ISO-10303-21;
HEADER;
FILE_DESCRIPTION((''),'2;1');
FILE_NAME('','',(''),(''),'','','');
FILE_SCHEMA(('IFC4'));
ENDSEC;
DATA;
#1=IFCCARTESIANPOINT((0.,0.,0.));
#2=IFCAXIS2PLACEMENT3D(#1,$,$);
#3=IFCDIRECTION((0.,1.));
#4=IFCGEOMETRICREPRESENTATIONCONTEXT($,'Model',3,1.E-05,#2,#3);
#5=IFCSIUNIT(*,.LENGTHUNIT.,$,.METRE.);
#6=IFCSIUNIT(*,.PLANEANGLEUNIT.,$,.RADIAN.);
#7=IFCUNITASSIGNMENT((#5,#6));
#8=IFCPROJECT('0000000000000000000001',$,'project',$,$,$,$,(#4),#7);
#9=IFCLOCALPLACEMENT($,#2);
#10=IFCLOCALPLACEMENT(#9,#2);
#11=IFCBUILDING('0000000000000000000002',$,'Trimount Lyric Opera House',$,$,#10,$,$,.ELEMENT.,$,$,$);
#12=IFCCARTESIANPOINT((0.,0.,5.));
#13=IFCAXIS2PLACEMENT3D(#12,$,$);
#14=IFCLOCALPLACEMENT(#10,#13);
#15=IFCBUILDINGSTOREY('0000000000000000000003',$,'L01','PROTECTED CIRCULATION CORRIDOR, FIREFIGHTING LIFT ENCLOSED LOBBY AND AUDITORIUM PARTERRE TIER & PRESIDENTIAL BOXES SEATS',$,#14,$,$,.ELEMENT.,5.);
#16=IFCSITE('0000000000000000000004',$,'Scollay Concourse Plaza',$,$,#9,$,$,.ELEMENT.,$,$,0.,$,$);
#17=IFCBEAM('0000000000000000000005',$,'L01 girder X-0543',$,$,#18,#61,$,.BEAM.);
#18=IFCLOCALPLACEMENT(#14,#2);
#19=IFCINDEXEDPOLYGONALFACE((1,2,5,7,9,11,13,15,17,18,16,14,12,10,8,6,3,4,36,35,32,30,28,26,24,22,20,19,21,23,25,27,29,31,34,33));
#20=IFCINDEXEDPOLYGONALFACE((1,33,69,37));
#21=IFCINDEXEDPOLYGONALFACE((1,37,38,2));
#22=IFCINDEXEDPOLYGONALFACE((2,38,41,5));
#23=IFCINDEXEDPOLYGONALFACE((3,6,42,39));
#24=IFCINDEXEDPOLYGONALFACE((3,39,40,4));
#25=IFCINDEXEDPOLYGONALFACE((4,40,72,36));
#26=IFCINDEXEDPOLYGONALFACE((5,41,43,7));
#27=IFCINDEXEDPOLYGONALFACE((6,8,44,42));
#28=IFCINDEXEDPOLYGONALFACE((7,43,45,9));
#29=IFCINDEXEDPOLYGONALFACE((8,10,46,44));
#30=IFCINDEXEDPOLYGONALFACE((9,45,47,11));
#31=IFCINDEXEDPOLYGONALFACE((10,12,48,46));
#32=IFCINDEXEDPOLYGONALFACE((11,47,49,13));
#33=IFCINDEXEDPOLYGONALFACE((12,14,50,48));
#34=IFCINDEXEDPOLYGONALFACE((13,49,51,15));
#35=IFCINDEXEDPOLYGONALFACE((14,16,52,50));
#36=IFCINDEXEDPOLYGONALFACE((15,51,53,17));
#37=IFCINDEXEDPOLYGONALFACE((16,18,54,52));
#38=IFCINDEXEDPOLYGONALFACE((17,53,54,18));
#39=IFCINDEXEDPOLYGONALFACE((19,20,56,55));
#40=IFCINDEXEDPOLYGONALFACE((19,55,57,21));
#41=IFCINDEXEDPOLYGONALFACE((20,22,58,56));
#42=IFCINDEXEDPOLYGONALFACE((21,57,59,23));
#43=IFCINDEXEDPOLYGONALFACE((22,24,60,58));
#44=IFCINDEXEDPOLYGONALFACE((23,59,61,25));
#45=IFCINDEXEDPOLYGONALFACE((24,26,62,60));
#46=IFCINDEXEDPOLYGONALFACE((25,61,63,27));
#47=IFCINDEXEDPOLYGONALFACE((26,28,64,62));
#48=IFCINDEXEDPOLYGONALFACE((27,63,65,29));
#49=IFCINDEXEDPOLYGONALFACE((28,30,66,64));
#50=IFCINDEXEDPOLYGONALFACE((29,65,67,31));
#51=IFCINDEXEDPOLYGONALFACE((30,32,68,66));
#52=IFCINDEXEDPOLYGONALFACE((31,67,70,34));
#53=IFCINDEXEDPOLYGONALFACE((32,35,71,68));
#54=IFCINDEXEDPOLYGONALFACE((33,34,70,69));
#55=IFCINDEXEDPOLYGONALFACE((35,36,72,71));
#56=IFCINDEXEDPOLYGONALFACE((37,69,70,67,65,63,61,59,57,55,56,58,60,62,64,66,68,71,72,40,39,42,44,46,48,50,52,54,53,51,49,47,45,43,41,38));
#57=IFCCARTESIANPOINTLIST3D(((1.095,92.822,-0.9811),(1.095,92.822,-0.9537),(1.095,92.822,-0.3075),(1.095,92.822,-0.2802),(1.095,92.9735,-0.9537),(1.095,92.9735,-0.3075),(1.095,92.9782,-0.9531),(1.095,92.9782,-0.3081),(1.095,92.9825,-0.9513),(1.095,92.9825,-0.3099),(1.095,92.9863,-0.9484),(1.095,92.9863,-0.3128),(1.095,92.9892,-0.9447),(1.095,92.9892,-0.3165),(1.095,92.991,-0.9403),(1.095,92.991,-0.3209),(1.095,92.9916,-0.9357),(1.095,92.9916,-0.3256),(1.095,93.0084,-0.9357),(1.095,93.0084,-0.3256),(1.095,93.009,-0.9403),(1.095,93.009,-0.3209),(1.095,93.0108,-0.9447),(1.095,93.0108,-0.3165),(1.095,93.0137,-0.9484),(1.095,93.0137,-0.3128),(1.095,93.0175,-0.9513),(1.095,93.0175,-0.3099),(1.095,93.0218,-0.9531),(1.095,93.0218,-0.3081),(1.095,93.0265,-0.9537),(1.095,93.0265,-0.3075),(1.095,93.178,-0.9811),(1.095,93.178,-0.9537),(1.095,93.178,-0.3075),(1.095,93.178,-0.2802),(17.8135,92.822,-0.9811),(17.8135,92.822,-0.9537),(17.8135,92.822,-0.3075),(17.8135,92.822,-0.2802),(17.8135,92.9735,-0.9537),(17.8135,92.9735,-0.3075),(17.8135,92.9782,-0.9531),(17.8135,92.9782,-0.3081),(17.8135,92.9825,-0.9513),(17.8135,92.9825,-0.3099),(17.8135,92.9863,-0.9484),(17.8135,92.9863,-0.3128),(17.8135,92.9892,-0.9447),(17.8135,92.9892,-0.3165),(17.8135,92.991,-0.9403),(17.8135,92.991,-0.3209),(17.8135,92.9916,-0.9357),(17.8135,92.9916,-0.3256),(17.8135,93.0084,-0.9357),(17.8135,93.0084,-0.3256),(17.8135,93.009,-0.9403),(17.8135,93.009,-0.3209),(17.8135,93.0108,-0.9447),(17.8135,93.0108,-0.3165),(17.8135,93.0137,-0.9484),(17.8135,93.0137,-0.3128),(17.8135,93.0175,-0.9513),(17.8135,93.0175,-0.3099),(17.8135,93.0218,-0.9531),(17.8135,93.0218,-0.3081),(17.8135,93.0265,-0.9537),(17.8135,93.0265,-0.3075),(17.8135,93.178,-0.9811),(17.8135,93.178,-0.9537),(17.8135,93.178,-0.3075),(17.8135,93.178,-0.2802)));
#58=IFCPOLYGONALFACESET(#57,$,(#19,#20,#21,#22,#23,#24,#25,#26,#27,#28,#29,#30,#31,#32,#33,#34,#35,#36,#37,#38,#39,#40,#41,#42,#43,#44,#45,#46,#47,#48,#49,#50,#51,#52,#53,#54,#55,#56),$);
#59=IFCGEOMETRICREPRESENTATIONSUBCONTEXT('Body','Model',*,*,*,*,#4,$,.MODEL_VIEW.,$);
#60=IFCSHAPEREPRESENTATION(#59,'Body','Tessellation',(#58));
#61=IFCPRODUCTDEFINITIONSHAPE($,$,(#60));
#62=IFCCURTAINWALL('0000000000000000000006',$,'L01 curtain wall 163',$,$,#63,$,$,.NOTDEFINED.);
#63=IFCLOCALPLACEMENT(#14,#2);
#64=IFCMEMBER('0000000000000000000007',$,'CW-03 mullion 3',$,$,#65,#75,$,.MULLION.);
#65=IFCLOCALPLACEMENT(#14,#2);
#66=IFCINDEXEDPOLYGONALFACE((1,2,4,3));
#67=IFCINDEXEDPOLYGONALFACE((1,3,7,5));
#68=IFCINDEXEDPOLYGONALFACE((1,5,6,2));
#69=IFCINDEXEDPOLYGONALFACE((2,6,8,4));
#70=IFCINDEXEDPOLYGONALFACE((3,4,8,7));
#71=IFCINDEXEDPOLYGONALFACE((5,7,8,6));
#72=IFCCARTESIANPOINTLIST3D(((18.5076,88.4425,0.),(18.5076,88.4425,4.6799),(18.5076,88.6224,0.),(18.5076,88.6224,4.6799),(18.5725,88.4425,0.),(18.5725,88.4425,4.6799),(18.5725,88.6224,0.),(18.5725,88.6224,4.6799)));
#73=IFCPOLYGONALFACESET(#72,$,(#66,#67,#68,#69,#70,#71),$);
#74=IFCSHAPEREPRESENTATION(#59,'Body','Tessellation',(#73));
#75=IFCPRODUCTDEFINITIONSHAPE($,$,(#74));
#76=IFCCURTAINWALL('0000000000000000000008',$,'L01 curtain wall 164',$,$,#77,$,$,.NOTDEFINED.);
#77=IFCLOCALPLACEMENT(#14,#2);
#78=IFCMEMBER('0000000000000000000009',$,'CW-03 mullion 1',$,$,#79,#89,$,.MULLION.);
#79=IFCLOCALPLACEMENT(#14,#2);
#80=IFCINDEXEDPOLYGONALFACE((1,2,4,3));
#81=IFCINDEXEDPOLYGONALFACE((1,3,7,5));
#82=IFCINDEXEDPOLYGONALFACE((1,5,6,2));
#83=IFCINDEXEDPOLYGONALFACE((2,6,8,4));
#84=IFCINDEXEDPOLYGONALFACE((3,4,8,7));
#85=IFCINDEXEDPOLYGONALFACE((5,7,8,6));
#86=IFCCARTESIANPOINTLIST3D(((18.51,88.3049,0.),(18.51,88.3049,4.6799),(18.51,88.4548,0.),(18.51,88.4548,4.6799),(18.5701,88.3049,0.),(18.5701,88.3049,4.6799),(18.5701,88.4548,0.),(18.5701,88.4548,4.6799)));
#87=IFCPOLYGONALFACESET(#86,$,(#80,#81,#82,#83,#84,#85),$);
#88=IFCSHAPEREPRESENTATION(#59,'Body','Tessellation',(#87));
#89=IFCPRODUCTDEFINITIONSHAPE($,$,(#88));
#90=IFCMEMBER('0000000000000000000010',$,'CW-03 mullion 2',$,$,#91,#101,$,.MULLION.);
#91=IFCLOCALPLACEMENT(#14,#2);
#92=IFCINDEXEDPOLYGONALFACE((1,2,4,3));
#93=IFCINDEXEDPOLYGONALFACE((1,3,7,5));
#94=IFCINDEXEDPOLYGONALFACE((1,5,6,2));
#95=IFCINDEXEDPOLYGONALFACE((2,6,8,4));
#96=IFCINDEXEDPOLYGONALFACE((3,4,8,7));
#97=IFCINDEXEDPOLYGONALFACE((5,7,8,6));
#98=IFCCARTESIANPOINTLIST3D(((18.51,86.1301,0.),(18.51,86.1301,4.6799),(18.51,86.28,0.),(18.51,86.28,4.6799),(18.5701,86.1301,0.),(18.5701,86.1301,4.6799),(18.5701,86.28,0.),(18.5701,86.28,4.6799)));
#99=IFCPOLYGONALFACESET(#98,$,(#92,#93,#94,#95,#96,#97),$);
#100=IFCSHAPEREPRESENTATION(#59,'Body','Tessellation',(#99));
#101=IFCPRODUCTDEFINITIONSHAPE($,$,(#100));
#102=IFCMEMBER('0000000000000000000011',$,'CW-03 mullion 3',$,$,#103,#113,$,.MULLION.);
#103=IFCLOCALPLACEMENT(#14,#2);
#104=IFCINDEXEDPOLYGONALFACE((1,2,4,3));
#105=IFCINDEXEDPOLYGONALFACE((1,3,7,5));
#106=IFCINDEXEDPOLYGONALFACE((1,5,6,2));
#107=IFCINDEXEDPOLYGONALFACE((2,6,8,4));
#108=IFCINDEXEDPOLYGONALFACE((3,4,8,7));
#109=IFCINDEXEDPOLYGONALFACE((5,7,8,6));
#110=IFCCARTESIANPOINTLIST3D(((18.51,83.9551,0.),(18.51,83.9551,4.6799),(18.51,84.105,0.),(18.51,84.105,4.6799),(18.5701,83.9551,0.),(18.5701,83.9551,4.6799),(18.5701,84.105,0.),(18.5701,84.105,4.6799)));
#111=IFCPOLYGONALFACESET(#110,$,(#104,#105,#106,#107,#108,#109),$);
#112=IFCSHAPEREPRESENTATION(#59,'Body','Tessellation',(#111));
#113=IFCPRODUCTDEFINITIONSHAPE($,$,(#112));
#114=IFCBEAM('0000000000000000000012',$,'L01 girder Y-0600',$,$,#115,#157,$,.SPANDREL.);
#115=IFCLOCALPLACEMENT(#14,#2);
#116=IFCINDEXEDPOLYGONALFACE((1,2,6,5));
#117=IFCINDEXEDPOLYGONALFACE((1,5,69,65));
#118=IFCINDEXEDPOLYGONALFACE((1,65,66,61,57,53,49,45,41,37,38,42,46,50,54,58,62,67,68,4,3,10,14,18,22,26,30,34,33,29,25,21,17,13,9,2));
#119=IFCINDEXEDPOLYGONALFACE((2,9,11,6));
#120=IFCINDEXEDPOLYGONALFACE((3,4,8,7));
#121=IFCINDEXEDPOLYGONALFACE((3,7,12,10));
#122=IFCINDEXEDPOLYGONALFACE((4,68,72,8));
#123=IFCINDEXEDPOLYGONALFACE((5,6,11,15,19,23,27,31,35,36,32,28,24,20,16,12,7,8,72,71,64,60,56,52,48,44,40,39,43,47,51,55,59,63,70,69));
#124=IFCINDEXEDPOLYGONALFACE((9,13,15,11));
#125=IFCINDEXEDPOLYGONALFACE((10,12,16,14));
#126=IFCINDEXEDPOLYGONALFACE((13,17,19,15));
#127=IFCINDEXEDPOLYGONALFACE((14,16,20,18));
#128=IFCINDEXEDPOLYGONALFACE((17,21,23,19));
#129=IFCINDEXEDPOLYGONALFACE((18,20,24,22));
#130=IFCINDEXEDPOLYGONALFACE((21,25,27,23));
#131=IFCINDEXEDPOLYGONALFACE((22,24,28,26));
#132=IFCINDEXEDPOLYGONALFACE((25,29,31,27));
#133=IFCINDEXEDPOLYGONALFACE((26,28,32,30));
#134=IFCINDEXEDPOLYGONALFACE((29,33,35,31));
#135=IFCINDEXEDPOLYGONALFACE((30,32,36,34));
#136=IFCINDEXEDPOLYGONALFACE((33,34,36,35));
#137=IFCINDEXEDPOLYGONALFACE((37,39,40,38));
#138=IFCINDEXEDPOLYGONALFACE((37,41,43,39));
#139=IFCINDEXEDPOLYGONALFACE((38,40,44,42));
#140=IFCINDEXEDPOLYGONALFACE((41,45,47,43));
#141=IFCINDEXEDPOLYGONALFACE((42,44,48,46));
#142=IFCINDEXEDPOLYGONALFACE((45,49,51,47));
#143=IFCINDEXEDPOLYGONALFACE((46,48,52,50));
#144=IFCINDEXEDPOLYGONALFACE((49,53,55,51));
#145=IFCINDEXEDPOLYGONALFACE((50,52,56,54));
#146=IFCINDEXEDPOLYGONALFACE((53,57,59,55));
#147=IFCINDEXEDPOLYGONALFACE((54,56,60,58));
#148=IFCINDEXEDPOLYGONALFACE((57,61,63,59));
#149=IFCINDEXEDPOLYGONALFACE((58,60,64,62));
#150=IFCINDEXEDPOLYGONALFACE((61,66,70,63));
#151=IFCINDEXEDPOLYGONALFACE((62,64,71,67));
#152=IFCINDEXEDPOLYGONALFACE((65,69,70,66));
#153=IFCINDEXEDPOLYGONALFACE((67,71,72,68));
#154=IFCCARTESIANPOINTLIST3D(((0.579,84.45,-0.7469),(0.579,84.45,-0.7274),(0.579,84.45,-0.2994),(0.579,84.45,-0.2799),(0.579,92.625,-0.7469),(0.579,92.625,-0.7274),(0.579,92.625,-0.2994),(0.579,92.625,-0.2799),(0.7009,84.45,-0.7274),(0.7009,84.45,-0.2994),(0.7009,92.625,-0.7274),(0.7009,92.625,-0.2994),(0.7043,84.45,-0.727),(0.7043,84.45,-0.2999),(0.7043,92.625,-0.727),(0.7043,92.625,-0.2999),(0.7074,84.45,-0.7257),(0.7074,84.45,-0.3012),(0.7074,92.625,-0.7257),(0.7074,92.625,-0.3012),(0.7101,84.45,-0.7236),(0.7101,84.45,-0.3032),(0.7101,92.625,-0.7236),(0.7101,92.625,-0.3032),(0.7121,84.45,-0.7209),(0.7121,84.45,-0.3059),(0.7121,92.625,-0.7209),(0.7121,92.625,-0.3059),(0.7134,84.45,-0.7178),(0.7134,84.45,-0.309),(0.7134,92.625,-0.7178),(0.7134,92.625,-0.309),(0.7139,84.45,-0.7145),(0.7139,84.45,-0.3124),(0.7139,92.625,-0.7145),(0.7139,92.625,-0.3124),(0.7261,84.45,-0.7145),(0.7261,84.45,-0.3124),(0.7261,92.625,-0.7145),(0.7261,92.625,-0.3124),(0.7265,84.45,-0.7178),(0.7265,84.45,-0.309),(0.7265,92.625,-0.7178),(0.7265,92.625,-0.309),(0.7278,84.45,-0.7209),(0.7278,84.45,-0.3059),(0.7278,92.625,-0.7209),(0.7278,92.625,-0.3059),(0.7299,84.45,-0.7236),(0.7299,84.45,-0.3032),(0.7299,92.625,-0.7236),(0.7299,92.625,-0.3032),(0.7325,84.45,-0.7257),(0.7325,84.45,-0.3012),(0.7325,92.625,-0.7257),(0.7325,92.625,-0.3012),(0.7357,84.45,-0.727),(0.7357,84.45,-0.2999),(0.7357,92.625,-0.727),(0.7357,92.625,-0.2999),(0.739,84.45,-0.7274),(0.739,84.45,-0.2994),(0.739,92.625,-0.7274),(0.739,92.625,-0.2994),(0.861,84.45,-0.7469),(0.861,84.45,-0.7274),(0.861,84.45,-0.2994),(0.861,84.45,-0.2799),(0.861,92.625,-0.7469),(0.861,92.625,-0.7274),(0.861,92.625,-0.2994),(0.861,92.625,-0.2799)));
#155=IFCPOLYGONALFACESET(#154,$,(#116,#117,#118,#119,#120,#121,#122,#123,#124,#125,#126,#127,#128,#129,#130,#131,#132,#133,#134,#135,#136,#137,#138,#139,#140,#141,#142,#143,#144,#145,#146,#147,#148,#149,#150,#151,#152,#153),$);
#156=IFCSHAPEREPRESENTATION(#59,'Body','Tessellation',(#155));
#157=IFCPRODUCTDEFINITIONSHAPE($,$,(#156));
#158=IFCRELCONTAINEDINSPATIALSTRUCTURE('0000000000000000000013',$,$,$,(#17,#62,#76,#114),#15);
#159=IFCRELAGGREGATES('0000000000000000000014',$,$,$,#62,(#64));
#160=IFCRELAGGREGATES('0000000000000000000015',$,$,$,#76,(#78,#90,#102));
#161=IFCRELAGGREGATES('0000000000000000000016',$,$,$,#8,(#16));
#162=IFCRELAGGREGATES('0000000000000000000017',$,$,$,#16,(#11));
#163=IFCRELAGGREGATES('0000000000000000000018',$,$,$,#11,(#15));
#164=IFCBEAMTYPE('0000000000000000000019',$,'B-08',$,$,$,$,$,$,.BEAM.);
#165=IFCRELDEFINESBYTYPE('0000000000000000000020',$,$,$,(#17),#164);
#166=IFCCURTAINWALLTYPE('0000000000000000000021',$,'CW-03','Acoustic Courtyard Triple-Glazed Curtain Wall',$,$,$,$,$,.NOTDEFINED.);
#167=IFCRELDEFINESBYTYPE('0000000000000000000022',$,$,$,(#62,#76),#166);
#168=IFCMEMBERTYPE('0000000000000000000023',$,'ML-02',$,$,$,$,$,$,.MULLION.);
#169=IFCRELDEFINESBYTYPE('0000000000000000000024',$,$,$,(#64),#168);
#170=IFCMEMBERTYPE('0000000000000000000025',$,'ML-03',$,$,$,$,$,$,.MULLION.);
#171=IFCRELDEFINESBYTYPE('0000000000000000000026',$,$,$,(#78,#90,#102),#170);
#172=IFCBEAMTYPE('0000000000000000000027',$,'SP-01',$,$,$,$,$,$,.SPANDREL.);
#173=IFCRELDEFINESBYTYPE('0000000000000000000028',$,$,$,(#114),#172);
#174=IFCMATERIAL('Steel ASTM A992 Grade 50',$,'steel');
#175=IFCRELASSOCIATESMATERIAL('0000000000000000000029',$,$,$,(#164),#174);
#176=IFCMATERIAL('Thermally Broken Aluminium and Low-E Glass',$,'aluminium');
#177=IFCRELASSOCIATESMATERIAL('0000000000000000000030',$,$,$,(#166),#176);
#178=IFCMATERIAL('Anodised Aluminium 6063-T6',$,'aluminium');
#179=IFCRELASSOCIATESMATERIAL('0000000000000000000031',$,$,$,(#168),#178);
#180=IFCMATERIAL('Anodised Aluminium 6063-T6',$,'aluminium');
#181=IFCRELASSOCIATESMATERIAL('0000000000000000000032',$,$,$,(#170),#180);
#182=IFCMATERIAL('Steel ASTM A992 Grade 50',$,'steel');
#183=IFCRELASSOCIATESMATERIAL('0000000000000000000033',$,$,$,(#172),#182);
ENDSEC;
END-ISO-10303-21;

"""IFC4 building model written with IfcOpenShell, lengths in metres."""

from ifc_helpers import new_model, si_unit, direction, frame, origin, origin_2d, place, context, subcontext, project, spatial, rectangle, i_section, extrude, material, material_profile, profile_set, type_object, element, aggregate, save


model = new_model("IFC4")

# Units and contexts
model_context = context("Model", 3, precision=1e-05, world=origin(), true_north=direction((0.0, 1.0)))
body_context = subcontext(model_context, "Body", "Model", "MODEL_VIEW")
ifc_project = project(units=[si_unit("LENGTHUNIT", "METRE"), si_unit("PLANEANGLEUNIT", "RADIAN")], contexts=[model_context])

# Site, building, storey
site_placement = place(None, origin())
site = spatial("IfcSite", under=ifc_project, at=site_placement, Name="Scollay Concourse Plaza", CompositionType="ELEMENT", RefElevation=0.0)
building_placement = place(site_placement, origin())
building = spatial("IfcBuilding", under=site, at=building_placement, Name="Trimount Lyric Opera House", CompositionType="ELEMENT")
storey_placement = place(building_placement, frame((0.0, 0.0, 5.0)))
storey = spatial("IfcBuildingStorey", under=building, at=storey_placement, Name="L01", Description="PROTECTED CIRCULATION CORRIDOR, FIREFIGHTING LIFT ENCLOSED LOBBY AND AUDITORIUM PARTERRE TIER & PRESIDENTIAL BOXES SEATS", CompositionType="ELEMENT", Elevation=5.0)

# Beam
ifc_material_1 = material(Name="Steel ASTM A992 Grade 50", Category="steel")
ifc_material_profile_1 = material_profile(ifc_material_1, i_section(OverallWidth=0.356, OverallDepth=0.7009, WebThickness=0.0168, FlangeThickness=0.0273, FilletRadius=0.0181, at=origin_2d()), Name="W27X161")
ifc_profile_set_1 = profile_set([ifc_material_profile_1], Name="Steel ASTM A992 Grade 50")
beam_type_1 = type_object("IfcBeamType", Name="B-08", PredefinedType="BEAM", material=ifc_profile_set_1)
beam_1_placement = place(storey_placement, frame((1.095, 93.0, -0.6306), z_axis=(1.0, 0.0, 0.0), x_axis=(0.0, 1.0, 0.0)))
element("IfcBeam", 1, at=beam_1_placement, inside=storey, type_object=beam_type_1, Name="L01 girder X-0543", PredefinedType="BEAM", context=body_context, shape_type="SweptSolid", body=[
    extrude(i_section(OverallWidth=0.356, OverallDepth=0.7009, WebThickness=0.0168, FlangeThickness=0.0273, FilletRadius=0.0181, at=origin_2d()), origin(), (0.0, 0.0, 1.0), 16.7185),
])

# Curtain wall, member
ifc_material_2 = material(Name="Thermally Broken Aluminium and Low-E Glass", Category="aluminium")
curtain_wall_type = type_object("IfcCurtainWallType", Name="CW-03", Description="Acoustic Courtyard Triple-Glazed Curtain Wall", PredefinedType="NOTDEFINED", material=ifc_material_2)
curtain_wall_1_placement = place(storey_placement, origin())
curtain_wall_1 = element("IfcCurtainWall", 2, at=curtain_wall_1_placement, inside=storey, type_object=curtain_wall_type, Name="L01 curtain wall 163", PredefinedType="NOTDEFINED")
ifc_material_3 = material(Name="Anodised Aluminium 6063-T6", Category="aluminium")
ifc_material_profile_2 = material_profile(ifc_material_3, rectangle(XDim=0.0649, YDim=0.1799, at=origin_2d()), Name="ALU-MULL-65X180")
ifc_profile_set_2 = profile_set([ifc_material_profile_2], Name="Anodised Aluminium 6063-T6")
member_type_1 = type_object("IfcMemberType", Name="ML-02", PredefinedType="MULLION", material=ifc_profile_set_2)
member_1_placement = place(storey_placement, frame((18.54, 88.5325, 0.0), z_axis=(0.0, 0.0, 1.0), x_axis=(1.0, 0.0, 0.0)))
member_1 = element("IfcMember", 3, at=member_1_placement, type_object=member_type_1, Name="CW-03 mullion 3", PredefinedType="MULLION", context=body_context, shape_type="SweptSolid", body=[
    extrude(rectangle(XDim=0.0649, YDim=0.1799, at=origin_2d()), origin(), (0.0, 0.0, 1.0), 4.6799),
])

# Curtain wall, members
curtain_wall_2_placement = place(storey_placement, origin())
curtain_wall_2 = element("IfcCurtainWall", 4, at=curtain_wall_2_placement, inside=storey, type_object=curtain_wall_type, Name="L01 curtain wall 164", PredefinedType="NOTDEFINED")
ifc_material_4 = material(Name="Anodised Aluminium 6063-T6", Category="aluminium")
ifc_material_profile_3 = material_profile(ifc_material_4, rectangle(XDim=0.0601, YDim=0.1499, at=origin_2d()), Name="ALU-MULL-60X150")
ifc_profile_set_3 = profile_set([ifc_material_profile_3], Name="Anodised Aluminium 6063-T6")
member_type_2 = type_object("IfcMemberType", Name="ML-03", PredefinedType="MULLION", material=ifc_profile_set_3)
member_2_placement = place(storey_placement, frame((18.54, 88.3799, 0.0), z_axis=(0.0, 0.0, 1.0), x_axis=(1.0, 0.0, 0.0)))
member_2 = element("IfcMember", 5, at=member_2_placement, type_object=member_type_2, Name="CW-03 mullion 1", PredefinedType="MULLION", context=body_context, shape_type="SweptSolid", body=[
    extrude(rectangle(XDim=0.0601, YDim=0.1499, at=origin_2d()), origin(), (0.0, 0.0, 1.0), 4.6799),
])
member_3_placement = place(storey_placement, frame((18.54, 86.2051, 0.0), z_axis=(0.0, 0.0, 1.0), x_axis=(1.0, 0.0, 0.0)))
member_3 = element("IfcMember", 6, at=member_3_placement, type_object=member_type_2, Name="CW-03 mullion 2", PredefinedType="MULLION", context=body_context, shape_type="SweptSolid", body=[
    extrude(rectangle(XDim=0.0601, YDim=0.1499, at=origin_2d()), origin(), (0.0, 0.0, 1.0), 4.6799),
])
member_4_placement = place(storey_placement, frame((18.54, 84.03, 0.0), z_axis=(0.0, 0.0, 1.0), x_axis=(1.0, 0.0, 0.0)))
member_4 = element("IfcMember", 7, at=member_4_placement, type_object=member_type_2, Name="CW-03 mullion 3", PredefinedType="MULLION", context=body_context, shape_type="SweptSolid", body=[
    extrude(rectangle(XDim=0.0601, YDim=0.1499, at=origin_2d()), origin(), (0.0, 0.0, 1.0), 4.6799),
])

# Beam
ifc_material_5 = material(Name="Steel ASTM A992 Grade 50", Category="steel")
ifc_material_profile_4 = material_profile(ifc_material_5, i_section(OverallWidth=0.282, OverallDepth=0.467, WebThickness=0.0122, FlangeThickness=0.0195, FilletRadius=0.0129, at=origin_2d()), Name="W18X86")
ifc_profile_set_4 = profile_set([ifc_material_profile_4], Name="Steel ASTM A992 Grade 50")
beam_type_2 = type_object("IfcBeamType", Name="SP-01", PredefinedType="SPANDREL", material=ifc_profile_set_4)
beam_2_placement = place(storey_placement, frame((0.72, 84.45, -0.5134), z_axis=(0.0, 1.0, 0.0), x_axis=(-1.0, 0.0, 0.0)))
element("IfcBeam", 8, at=beam_2_placement, inside=storey, type_object=beam_type_2, Name="L01 girder Y-0600", PredefinedType="SPANDREL", context=body_context, shape_type="SweptSolid", body=[
    extrude(i_section(OverallWidth=0.282, OverallDepth=0.467, WebThickness=0.0122, FlangeThickness=0.0195, FilletRadius=0.0129, at=origin_2d()), origin(), (0.0, 0.0, 1.0), 8.175),
])

aggregate(curtain_wall_1, [member_1])
aggregate(curtain_wall_2, [member_2, member_3, member_4])

save(model, "model.ifc")
